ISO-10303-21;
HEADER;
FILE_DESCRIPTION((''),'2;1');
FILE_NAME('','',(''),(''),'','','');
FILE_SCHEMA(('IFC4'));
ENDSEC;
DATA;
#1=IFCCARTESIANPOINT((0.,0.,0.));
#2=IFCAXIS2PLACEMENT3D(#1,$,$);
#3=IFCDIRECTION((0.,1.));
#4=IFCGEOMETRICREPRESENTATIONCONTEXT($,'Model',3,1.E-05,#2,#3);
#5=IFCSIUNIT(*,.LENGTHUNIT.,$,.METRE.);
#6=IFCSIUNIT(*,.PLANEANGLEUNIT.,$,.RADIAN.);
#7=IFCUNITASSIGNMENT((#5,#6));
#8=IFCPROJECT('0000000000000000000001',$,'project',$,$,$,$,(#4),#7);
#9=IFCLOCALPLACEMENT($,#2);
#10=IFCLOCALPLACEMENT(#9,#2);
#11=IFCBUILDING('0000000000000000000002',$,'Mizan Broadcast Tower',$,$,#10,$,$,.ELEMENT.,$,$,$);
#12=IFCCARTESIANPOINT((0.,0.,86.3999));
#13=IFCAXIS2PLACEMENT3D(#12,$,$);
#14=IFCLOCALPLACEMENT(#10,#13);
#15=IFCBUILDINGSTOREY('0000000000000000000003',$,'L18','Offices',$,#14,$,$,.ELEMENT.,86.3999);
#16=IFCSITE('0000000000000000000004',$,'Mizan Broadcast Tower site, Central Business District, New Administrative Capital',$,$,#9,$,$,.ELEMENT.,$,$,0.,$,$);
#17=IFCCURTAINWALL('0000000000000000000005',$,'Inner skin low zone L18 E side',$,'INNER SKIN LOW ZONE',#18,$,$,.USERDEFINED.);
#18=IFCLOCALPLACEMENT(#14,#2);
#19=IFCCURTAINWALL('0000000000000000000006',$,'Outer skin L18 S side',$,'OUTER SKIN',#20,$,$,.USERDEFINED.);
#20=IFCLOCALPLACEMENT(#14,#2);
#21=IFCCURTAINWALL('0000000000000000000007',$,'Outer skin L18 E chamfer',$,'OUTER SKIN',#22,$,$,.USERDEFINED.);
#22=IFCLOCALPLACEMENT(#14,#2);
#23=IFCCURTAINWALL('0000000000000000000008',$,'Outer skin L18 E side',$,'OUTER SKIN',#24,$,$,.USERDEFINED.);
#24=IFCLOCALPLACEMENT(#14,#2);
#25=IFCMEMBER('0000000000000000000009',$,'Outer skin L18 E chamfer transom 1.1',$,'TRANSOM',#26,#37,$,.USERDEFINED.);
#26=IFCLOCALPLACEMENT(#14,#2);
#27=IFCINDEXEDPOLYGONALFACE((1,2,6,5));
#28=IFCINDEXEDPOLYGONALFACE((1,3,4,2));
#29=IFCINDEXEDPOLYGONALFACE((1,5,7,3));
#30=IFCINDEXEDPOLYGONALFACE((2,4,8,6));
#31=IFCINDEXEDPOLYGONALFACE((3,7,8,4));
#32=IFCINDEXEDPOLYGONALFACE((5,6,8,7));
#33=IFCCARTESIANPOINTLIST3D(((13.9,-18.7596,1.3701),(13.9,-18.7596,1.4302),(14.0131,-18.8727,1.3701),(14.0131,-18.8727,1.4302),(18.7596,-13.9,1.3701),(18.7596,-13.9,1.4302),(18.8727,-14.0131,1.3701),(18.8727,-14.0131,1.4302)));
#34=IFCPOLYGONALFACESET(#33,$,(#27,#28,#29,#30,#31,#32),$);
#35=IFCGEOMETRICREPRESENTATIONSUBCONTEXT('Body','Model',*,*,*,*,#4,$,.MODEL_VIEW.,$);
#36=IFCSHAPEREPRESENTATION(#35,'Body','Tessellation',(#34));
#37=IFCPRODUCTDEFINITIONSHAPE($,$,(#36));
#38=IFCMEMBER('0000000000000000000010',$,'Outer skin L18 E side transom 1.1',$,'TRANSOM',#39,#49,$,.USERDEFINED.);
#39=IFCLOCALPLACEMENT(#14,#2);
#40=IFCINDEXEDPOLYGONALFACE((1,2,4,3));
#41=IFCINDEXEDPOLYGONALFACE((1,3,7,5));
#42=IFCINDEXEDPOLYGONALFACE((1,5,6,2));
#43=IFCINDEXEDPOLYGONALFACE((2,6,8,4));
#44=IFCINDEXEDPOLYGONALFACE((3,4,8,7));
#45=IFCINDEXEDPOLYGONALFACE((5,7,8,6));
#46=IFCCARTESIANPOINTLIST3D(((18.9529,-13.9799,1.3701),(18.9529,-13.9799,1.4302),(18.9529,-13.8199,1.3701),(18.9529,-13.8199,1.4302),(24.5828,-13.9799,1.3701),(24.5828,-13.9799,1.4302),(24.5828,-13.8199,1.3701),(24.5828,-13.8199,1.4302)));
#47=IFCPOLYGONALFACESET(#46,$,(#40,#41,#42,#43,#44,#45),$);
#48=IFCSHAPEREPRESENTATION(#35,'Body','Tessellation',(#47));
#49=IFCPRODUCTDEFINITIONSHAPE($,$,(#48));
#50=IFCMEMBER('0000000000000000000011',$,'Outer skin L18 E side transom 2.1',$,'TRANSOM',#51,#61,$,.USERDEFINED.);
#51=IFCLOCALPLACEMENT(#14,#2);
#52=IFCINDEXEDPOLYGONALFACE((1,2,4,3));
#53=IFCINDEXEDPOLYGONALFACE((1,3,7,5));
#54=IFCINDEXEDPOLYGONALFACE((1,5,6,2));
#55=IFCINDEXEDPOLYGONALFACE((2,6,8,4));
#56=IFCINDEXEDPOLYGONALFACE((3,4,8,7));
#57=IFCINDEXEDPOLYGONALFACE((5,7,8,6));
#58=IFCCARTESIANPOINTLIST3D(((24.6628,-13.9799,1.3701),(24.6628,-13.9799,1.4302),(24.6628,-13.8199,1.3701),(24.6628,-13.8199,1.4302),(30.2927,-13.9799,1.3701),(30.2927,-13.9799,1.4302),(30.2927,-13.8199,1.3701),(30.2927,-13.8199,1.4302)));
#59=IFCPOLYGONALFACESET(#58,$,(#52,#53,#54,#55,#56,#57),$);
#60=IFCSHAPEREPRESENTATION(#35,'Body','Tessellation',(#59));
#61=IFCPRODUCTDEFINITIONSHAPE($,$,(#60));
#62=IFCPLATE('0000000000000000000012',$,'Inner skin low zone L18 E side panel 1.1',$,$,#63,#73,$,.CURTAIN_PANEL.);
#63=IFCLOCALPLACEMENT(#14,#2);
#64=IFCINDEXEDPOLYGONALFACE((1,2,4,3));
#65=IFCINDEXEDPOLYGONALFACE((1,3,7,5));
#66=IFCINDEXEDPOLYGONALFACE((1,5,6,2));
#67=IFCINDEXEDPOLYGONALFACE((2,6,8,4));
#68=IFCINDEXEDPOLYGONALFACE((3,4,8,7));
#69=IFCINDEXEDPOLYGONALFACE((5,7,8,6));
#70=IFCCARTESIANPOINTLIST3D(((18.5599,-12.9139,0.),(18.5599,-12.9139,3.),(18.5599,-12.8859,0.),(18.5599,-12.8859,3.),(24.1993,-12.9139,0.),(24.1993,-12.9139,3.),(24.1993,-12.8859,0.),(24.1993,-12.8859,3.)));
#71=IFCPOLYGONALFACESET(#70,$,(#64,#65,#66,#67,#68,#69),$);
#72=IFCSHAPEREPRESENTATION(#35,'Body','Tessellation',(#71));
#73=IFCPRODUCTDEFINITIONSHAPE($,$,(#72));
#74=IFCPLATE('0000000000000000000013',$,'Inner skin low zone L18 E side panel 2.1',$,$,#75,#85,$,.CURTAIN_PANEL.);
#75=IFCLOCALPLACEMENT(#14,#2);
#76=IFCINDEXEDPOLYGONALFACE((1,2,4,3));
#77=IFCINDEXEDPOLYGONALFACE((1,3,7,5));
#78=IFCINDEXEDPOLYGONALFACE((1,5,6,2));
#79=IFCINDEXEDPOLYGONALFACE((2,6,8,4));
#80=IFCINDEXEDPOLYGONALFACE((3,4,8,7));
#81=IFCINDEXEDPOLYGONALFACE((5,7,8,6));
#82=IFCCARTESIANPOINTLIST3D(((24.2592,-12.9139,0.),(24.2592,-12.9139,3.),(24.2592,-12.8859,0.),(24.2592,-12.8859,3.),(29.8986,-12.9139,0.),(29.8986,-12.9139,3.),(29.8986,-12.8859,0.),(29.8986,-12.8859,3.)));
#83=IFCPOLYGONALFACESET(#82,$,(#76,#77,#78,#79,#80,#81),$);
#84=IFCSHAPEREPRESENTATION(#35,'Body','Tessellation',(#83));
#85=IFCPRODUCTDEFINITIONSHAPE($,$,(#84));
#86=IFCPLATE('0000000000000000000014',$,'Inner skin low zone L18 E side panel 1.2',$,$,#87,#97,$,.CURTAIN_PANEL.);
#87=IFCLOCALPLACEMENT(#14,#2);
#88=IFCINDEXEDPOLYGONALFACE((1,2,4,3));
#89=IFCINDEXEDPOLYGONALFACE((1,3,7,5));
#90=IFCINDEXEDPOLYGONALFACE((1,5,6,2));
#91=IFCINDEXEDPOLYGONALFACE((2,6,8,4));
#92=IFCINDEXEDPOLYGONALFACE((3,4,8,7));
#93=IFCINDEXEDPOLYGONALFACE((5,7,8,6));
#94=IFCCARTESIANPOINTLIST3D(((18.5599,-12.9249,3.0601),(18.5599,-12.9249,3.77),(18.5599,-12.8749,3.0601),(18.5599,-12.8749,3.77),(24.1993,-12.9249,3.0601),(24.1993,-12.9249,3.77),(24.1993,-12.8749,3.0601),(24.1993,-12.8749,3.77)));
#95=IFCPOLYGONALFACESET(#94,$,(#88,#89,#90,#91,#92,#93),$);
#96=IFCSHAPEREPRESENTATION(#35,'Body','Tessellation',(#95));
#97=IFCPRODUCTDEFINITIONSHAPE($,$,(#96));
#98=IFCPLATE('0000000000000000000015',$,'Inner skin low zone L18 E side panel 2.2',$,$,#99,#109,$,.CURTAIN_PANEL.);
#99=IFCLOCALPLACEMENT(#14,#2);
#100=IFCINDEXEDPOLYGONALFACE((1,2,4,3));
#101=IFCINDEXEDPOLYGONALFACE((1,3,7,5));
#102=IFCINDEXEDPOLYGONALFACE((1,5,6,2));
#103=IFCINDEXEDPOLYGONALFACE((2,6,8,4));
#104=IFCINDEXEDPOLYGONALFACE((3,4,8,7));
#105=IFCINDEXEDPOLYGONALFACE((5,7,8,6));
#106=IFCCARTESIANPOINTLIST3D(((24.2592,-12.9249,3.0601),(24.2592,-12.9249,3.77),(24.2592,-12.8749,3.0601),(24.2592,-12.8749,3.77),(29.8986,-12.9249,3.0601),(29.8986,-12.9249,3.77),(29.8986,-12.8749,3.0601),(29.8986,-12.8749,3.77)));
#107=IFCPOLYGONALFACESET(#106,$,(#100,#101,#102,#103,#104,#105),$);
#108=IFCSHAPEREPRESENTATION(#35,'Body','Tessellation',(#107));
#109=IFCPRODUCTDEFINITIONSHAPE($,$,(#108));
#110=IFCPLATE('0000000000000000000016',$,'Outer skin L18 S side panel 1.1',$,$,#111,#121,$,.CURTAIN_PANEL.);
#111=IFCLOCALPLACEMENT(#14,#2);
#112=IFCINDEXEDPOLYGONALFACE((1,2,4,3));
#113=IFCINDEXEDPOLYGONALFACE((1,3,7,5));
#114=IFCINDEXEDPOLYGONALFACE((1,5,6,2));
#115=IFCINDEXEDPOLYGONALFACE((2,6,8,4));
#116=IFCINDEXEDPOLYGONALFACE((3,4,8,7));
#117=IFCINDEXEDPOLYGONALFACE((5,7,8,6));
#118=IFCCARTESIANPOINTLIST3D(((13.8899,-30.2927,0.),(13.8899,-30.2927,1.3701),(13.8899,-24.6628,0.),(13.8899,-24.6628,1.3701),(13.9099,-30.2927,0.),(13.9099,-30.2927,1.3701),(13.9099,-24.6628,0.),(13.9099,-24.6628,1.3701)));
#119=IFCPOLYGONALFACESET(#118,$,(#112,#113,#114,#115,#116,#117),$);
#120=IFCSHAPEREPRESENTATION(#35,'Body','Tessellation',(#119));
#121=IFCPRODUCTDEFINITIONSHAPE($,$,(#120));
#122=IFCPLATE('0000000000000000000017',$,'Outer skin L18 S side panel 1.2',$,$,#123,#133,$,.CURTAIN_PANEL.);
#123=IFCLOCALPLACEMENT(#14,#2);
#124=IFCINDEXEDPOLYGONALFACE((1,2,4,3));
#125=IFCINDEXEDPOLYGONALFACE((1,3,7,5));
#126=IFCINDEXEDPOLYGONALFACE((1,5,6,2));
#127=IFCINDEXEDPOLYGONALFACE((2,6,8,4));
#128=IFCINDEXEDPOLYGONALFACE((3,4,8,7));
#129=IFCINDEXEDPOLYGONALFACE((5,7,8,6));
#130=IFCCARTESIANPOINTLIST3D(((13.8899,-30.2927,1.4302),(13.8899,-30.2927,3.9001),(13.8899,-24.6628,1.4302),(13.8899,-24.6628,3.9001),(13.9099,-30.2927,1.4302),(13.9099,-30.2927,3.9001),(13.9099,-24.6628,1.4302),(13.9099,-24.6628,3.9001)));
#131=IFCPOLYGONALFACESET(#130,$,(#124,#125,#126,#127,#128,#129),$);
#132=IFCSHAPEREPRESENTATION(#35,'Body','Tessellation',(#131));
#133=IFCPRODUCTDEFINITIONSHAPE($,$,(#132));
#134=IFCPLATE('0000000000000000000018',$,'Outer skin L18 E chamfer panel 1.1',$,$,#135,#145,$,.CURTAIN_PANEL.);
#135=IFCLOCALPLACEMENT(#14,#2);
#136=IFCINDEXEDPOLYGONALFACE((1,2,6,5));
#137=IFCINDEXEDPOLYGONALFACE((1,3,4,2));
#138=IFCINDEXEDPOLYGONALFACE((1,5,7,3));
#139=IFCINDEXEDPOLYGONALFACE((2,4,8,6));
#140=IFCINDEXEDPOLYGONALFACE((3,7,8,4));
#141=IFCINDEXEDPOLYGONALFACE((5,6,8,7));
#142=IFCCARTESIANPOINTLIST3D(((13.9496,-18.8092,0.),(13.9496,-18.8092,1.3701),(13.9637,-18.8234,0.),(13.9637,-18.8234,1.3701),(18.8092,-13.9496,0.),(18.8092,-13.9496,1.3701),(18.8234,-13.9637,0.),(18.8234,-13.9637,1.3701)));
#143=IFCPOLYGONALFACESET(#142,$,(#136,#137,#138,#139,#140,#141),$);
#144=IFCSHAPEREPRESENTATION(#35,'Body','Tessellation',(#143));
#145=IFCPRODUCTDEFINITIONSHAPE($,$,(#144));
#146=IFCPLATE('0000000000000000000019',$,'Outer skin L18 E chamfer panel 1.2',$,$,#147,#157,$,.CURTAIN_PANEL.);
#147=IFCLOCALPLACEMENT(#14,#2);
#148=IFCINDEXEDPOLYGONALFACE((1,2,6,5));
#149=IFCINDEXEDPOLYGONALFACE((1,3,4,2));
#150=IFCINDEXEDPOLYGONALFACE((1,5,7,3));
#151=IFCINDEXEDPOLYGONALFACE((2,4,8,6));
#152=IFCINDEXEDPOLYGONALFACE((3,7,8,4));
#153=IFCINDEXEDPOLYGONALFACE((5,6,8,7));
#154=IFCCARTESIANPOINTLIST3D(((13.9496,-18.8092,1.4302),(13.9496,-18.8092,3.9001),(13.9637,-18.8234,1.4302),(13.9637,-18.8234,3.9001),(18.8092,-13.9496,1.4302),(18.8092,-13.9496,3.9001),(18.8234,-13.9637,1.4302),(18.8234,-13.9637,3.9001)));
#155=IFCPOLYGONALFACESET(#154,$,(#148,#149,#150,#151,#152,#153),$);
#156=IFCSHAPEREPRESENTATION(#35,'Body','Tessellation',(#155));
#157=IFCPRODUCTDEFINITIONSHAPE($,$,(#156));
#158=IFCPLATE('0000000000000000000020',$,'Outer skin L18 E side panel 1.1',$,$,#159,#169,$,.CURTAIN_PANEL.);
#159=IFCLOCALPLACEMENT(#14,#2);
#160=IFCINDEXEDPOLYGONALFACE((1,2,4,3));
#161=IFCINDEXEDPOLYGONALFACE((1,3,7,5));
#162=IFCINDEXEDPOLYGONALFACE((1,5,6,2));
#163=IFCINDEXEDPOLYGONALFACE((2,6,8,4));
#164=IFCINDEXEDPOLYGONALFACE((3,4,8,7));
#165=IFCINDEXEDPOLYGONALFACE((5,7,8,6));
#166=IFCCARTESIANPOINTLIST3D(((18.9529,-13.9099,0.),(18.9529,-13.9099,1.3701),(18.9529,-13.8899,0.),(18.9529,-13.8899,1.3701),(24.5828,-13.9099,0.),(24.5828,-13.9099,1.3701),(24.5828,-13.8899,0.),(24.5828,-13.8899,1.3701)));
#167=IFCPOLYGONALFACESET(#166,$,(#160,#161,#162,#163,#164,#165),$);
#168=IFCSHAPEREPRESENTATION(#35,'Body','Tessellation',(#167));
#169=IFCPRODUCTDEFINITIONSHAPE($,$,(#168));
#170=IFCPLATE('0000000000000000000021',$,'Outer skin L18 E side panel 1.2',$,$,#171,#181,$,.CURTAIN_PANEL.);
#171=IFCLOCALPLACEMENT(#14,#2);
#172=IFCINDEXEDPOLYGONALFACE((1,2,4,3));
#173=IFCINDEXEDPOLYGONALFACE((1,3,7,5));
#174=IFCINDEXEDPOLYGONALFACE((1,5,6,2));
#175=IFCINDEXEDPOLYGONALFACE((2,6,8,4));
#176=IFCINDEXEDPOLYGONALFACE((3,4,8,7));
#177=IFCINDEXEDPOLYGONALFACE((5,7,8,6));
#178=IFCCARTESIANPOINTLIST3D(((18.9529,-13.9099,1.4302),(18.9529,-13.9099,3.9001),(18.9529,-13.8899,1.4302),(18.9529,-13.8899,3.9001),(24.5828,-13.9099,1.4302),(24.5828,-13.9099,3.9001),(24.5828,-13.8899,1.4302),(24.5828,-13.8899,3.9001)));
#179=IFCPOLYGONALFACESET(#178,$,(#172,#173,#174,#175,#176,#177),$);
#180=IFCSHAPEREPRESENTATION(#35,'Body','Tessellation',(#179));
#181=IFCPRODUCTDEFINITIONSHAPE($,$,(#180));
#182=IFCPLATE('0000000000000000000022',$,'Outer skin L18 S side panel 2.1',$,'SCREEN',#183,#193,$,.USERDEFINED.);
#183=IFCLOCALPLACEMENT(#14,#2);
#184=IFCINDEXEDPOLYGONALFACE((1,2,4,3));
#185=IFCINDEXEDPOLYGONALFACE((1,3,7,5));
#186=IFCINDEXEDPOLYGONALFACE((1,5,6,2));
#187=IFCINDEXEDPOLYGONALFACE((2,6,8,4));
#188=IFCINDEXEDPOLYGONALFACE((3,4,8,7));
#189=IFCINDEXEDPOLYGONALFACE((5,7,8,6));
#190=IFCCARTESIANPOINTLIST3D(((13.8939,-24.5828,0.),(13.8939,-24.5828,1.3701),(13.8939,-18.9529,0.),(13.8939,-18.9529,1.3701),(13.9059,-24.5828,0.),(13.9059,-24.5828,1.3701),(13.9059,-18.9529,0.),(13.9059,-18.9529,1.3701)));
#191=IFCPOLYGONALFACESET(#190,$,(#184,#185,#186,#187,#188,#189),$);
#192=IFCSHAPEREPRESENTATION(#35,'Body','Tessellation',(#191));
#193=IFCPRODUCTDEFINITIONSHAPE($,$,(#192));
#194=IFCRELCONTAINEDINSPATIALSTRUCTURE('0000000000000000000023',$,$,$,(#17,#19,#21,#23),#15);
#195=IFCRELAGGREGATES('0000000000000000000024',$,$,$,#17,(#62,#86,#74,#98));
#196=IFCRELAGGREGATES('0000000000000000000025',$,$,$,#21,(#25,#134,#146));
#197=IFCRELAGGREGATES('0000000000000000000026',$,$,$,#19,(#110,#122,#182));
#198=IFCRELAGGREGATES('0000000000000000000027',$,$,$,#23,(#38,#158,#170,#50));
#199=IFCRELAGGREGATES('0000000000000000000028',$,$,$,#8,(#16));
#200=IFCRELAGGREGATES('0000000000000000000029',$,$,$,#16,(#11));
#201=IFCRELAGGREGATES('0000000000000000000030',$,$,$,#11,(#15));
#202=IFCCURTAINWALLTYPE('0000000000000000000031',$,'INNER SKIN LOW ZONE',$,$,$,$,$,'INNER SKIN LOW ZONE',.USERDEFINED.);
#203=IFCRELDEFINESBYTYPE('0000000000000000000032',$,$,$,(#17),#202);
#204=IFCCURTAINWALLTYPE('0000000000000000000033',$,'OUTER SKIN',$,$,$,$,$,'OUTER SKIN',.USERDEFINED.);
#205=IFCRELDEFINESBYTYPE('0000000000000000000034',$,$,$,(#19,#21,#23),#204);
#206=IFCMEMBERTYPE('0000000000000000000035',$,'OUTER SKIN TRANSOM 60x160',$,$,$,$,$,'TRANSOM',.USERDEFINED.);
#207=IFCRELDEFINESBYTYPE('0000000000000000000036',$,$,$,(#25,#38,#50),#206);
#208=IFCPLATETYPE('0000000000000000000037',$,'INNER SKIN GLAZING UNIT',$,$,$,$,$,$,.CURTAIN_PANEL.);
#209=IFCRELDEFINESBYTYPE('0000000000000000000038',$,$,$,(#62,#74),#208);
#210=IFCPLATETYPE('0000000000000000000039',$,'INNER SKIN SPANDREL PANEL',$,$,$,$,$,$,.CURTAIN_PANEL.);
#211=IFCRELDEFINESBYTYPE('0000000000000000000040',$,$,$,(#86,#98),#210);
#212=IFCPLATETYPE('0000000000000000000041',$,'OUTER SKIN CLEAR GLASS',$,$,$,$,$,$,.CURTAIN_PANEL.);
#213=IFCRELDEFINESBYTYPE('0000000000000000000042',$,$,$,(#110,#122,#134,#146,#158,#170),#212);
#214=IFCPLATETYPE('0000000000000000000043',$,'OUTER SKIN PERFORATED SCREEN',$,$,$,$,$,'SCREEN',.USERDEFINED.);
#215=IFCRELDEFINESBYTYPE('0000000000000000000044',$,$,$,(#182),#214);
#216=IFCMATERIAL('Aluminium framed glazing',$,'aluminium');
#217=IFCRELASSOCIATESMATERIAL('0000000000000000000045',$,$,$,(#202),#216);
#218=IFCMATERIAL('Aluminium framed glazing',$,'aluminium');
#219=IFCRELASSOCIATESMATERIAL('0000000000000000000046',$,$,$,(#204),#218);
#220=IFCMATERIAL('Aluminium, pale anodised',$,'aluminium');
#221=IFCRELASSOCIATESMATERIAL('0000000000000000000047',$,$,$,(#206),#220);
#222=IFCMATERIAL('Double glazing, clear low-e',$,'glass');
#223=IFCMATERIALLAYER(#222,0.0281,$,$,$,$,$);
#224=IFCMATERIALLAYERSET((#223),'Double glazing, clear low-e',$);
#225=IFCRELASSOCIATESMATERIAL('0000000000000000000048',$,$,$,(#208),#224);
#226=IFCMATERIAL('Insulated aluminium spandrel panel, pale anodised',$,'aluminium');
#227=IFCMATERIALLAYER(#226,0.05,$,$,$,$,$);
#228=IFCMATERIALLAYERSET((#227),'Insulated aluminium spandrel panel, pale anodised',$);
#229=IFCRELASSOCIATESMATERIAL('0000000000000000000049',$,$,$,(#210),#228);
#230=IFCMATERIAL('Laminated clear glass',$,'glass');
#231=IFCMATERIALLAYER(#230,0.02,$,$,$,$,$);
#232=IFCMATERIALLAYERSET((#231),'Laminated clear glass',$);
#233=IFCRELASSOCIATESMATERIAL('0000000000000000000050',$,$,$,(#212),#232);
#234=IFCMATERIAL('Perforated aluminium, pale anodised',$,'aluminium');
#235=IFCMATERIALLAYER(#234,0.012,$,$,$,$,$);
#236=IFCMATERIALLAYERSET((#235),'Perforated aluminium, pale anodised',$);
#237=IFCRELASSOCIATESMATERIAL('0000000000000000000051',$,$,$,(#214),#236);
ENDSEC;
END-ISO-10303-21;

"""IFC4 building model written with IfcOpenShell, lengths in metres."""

from ifc_helpers import new_model, si_unit, direction, frame, origin, origin_2d, place, context, subcontext, project, spatial, rectangle, extrude, material, layer, layer_set, material_profile, profile_set, type_object, element, aggregate, save


model = new_model("IFC4")

# Units and contexts
model_context = context("Model", 3, precision=1e-05, world=origin(), true_north=direction((0.0, 1.0)))
body_context = subcontext(model_context, "Body", "Model", "MODEL_VIEW")
ifc_project = project(units=[si_unit("LENGTHUNIT", "METRE"), si_unit("PLANEANGLEUNIT", "RADIAN")], contexts=[model_context])

# Site, building, storey
site_placement = place(None, origin())
site = spatial("IfcSite", under=ifc_project, at=site_placement, Name="Mizan Broadcast Tower site, Central Business District, New Administrative Capital", CompositionType="ELEMENT", RefElevation=0.0)
building_placement = place(site_placement, origin())
building = spatial("IfcBuilding", under=site, at=building_placement, Name="Mizan Broadcast Tower", CompositionType="ELEMENT")
storey_placement = place(building_placement, frame((0.0, 0.0, 86.3999)))
storey = spatial("IfcBuildingStorey", under=building, at=storey_placement, Name="L18", Description="Offices", CompositionType="ELEMENT", Elevation=86.3999)

# Curtain wall
ifc_material_1 = material(Name="Aluminium framed glazing", Category="aluminium")
curtain_wall_type_1 = type_object("IfcCurtainWallType", Name="INNER SKIN LOW ZONE", ElementType="INNER SKIN LOW ZONE", PredefinedType="USERDEFINED", material=ifc_material_1)
curtain_wall_1_placement = place(storey_placement, origin())
curtain_wall_1 = element("IfcCurtainWall", 1, at=curtain_wall_1_placement, inside=storey, type_object=curtain_wall_type_1, Name="Inner skin low zone L18 E side", ObjectType="INNER SKIN LOW ZONE", PredefinedType="USERDEFINED")

# Shared definitions
ifc_material_2 = material(Name="Aluminium framed glazing", Category="aluminium")
curtain_wall_type_2 = type_object("IfcCurtainWallType", Name="OUTER SKIN", ElementType="OUTER SKIN", PredefinedType="USERDEFINED", material=ifc_material_2)

# Curtain wall
curtain_wall_2_placement = place(storey_placement, origin())
curtain_wall_2 = element("IfcCurtainWall", 2, at=curtain_wall_2_placement, inside=storey, type_object=curtain_wall_type_2, Name="Outer skin L18 S side", ObjectType="OUTER SKIN", PredefinedType="USERDEFINED")

# Curtain wall
curtain_wall_3_placement = place(storey_placement, origin())
curtain_wall_3 = element("IfcCurtainWall", 3, at=curtain_wall_3_placement, inside=storey, type_object=curtain_wall_type_2, Name="Outer skin L18 E chamfer", ObjectType="OUTER SKIN", PredefinedType="USERDEFINED")

# Curtain wall
curtain_wall_4_placement = place(storey_placement, origin())
curtain_wall_4 = element("IfcCurtainWall", 4, at=curtain_wall_4_placement, inside=storey, type_object=curtain_wall_type_2, Name="Outer skin L18 E side", ObjectType="OUTER SKIN", PredefinedType="USERDEFINED")

# Shared definitions
ifc_material_3 = material(Name="Aluminium, pale anodised", Category="aluminium")
ifc_material_profile_1 = material_profile(ifc_material_3, rectangle(XDim=0.1599, YDim=0.0601, at=origin_2d()), Name="TRANSOM 160x60")
ifc_profile_set_1 = profile_set([ifc_material_profile_1], Name="Aluminium, pale anodised")
member_type_1 = type_object("IfcMemberType", Name="OUTER SKIN TRANSOM 60x160", ElementType="TRANSOM", PredefinedType="USERDEFINED", material=ifc_profile_set_1)

# Members
member_1_placement = place(storey_placement, frame((13.9565, -18.8162, 1.4001), z_axis=(0.707107, 0.707107, 0.0), x_axis=(-0.707107, 0.707107, 0.0)))
member_1 = element("IfcMember", 5, at=member_1_placement, type_object=member_type_1, Name="Outer skin L18 E chamfer transom 1.1", ObjectType="TRANSOM", PredefinedType="USERDEFINED", context=body_context, shape_type="SweptSolid", body=[
    extrude(rectangle(XDim=0.1599, YDim=0.0601, at=origin_2d()), origin(), (0.0, 0.0, 1.0), 6.8726),
])
member_2_placement = place(storey_placement, frame((18.9529, -13.8999, 1.4001), z_axis=(1.0, 0.0, 0.0), x_axis=(0.0, 1.0, 0.0)))
member_2 = element("IfcMember", 6, at=member_2_placement, type_object=member_type_1, Name="Outer skin L18 E side transom 1.1", ObjectType="TRANSOM", PredefinedType="USERDEFINED", context=body_context, shape_type="SweptSolid", body=[
    extrude(rectangle(XDim=0.1599, YDim=0.0601, at=origin_2d()), origin(), (0.0, 0.0, 1.0), 5.6299),
])
member_3_placement = place(storey_placement, frame((24.6628, -13.8999, 1.4001), z_axis=(1.0, 0.0, 0.0), x_axis=(0.0, 1.0, 0.0)))
member_3 = element("IfcMember", 7, at=member_3_placement, type_object=member_type_1, Name="Outer skin L18 E side transom 2.1", ObjectType="TRANSOM", PredefinedType="USERDEFINED", context=body_context, shape_type="SweptSolid", body=[
    extrude(rectangle(XDim=0.1599, YDim=0.0601, at=origin_2d()), origin(), (0.0, 0.0, 1.0), 5.6299),
])

# Plates
ifc_material_4 = material(Name="Double glazing, clear low-e", Category="glass")
ifc_layer_1 = layer(ifc_material_4, 0.0281)
ifc_layer_set_1 = layer_set([ifc_layer_1], Name="Double glazing, clear low-e")
plate_type_1 = type_object("IfcPlateType", Name="INNER SKIN GLAZING UNIT", PredefinedType="CURTAIN_PANEL", material=ifc_layer_set_1)
plate_1_placement = place(storey_placement, frame((21.3796, -12.8999, 0.0), z_axis=(0.0, 0.0, 1.0), x_axis=(1.0, 0.0, 0.0)))
plate_1 = element("IfcPlate", 8, at=plate_1_placement, type_object=plate_type_1, Name="Inner skin low zone L18 E side panel 1.1", PredefinedType="CURTAIN_PANEL", context=body_context, shape_type="SweptSolid", body=[
    extrude(rectangle(XDim=5.6394, YDim=0.0281, at=origin_2d()), origin(), (0.0, 0.0, 1.0), 3.0),
])
plate_2_placement = place(storey_placement, frame((27.0789, -12.8999, 0.0), z_axis=(0.0, 0.0, 1.0), x_axis=(1.0, 0.0, 0.0)))
plate_2 = element("IfcPlate", 9, at=plate_2_placement, type_object=plate_type_1, Name="Inner skin low zone L18 E side panel 2.1", PredefinedType="CURTAIN_PANEL", context=body_context, shape_type="SweptSolid", body=[
    extrude(rectangle(XDim=5.6394, YDim=0.0281, at=origin_2d()), origin(), (0.0, 0.0, 1.0), 3.0),
])
ifc_material_5 = material(Name="Insulated aluminium spandrel panel, pale anodised", Category="aluminium")
ifc_layer_2 = layer(ifc_material_5, 0.05)
ifc_layer_set_2 = layer_set([ifc_layer_2], Name="Insulated aluminium spandrel panel, pale anodised")
plate_type_2 = type_object("IfcPlateType", Name="INNER SKIN SPANDREL PANEL", PredefinedType="CURTAIN_PANEL", material=ifc_layer_set_2)
plate_3_placement = place(storey_placement, frame((21.3796, -12.8999, 3.0601), z_axis=(0.0, 0.0, 1.0), x_axis=(1.0, 0.0, 0.0)))
plate_3 = element("IfcPlate", 10, at=plate_3_placement, type_object=plate_type_2, Name="Inner skin low zone L18 E side panel 1.2", PredefinedType="CURTAIN_PANEL", context=body_context, shape_type="SweptSolid", body=[
    extrude(rectangle(XDim=5.6394, YDim=0.05, at=origin_2d()), origin(), (0.0, 0.0, 1.0), 0.71),
])
plate_4_placement = place(storey_placement, frame((27.0789, -12.8999, 3.0601), z_axis=(0.0, 0.0, 1.0), x_axis=(1.0, 0.0, 0.0)))
plate_4 = element("IfcPlate", 11, at=plate_4_placement, type_object=plate_type_2, Name="Inner skin low zone L18 E side panel 2.2", PredefinedType="CURTAIN_PANEL", context=body_context, shape_type="SweptSolid", body=[
    extrude(rectangle(XDim=5.6394, YDim=0.05, at=origin_2d()), origin(), (0.0, 0.0, 1.0), 0.71),
])
aggregate(curtain_wall_1, [plate_1, plate_3, plate_2, plate_4])
ifc_material_6 = material(Name="Laminated clear glass", Category="glass")
ifc_layer_3 = layer(ifc_material_6, 0.02)
ifc_layer_set_3 = layer_set([ifc_layer_3], Name="Laminated clear glass")
plate_type_3 = type_object("IfcPlateType", Name="OUTER SKIN CLEAR GLASS", PredefinedType="CURTAIN_PANEL", material=ifc_layer_set_3)
plate_5_placement = place(storey_placement, frame((13.8999, -27.4778, 0.0), z_axis=(0.0, 0.0, 1.0), x_axis=(0.0, 1.0, 0.0)))
plate_5 = element("IfcPlate", 12, at=plate_5_placement, type_object=plate_type_3, Name="Outer skin L18 S side panel 1.1", PredefinedType="CURTAIN_PANEL", context=body_context, shape_type="SweptSolid", body=[
    extrude(rectangle(XDim=5.6299, YDim=0.02, at=origin_2d()), origin(), (0.0, 0.0, 1.0), 1.3701),
])
plate_6_placement = place(storey_placement, frame((13.8999, -27.4778, 1.4302), z_axis=(0.0, 0.0, 1.0), x_axis=(0.0, 1.0, 0.0)))
plate_6 = element("IfcPlate", 13, at=plate_6_placement, type_object=plate_type_3, Name="Outer skin L18 S side panel 1.2", PredefinedType="CURTAIN_PANEL", context=body_context, shape_type="SweptSolid", body=[
    extrude(rectangle(XDim=5.6299, YDim=0.02, at=origin_2d()), origin(), (0.0, 0.0, 1.0), 2.47),
])
plate_7_placement = place(storey_placement, frame((16.3865, -16.3865, 0.0), z_axis=(0.0, 0.0, 1.0), x_axis=(0.707107, 0.707107, 0.0)))
plate_7 = element("IfcPlate", 14, at=plate_7_placement, type_object=plate_type_3, Name="Outer skin L18 E chamfer panel 1.1", PredefinedType="CURTAIN_PANEL", context=body_context, shape_type="SweptSolid", body=[
    extrude(rectangle(XDim=6.8726, YDim=0.02, at=origin_2d()), origin(), (0.0, 0.0, 1.0), 1.3701),
])
plate_8_placement = place(storey_placement, frame((16.3865, -16.3865, 1.4302), z_axis=(0.0, 0.0, 1.0), x_axis=(0.707107, 0.707107, 0.0)))
plate_8 = element("IfcPlate", 15, at=plate_8_placement, type_object=plate_type_3, Name="Outer skin L18 E chamfer panel 1.2", PredefinedType="CURTAIN_PANEL", context=body_context, shape_type="SweptSolid", body=[
    extrude(rectangle(XDim=6.8726, YDim=0.02, at=origin_2d()), origin(), (0.0, 0.0, 1.0), 2.47),
])
aggregate(curtain_wall_3, [member_1, plate_7, plate_8])
plate_9_placement = place(storey_placement, frame((21.7678, -13.8999, 0.0), z_axis=(0.0, 0.0, 1.0), x_axis=(1.0, 0.0, 0.0)))
plate_9 = element("IfcPlate", 16, at=plate_9_placement, type_object=plate_type_3, Name="Outer skin L18 E side panel 1.1", PredefinedType="CURTAIN_PANEL", context=body_context, shape_type="SweptSolid", body=[
    extrude(rectangle(XDim=5.6299, YDim=0.02, at=origin_2d()), origin(), (0.0, 0.0, 1.0), 1.3701),
])
plate_10_placement = place(storey_placement, frame((21.7678, -13.8999, 1.4302), z_axis=(0.0, 0.0, 1.0), x_axis=(1.0, 0.0, 0.0)))
plate_10 = element("IfcPlate", 17, at=plate_10_placement, type_object=plate_type_3, Name="Outer skin L18 E side panel 1.2", PredefinedType="CURTAIN_PANEL", context=body_context, shape_type="SweptSolid", body=[
    extrude(rectangle(XDim=5.6299, YDim=0.02, at=origin_2d()), origin(), (0.0, 0.0, 1.0), 2.47),
])
ifc_material_7 = material(Name="Perforated aluminium, pale anodised", Category="aluminium")
ifc_layer_4 = layer(ifc_material_7, 0.012)
ifc_layer_set_4 = layer_set([ifc_layer_4], Name="Perforated aluminium, pale anodised")
plate_type_4 = type_object("IfcPlateType", Name="OUTER SKIN PERFORATED SCREEN", ElementType="SCREEN", PredefinedType="USERDEFINED", material=ifc_layer_set_4)
plate_11_placement = place(storey_placement, frame((13.8999, -21.7678, 0.0), z_axis=(0.0, 0.0, 1.0), x_axis=(0.0, 1.0, 0.0)))
plate_11 = element("IfcPlate", 18, at=plate_11_placement, type_object=plate_type_4, Name="Outer skin L18 S side panel 2.1", ObjectType="SCREEN", PredefinedType="USERDEFINED", context=body_context, shape_type="SweptSolid", body=[
    extrude(rectangle(XDim=5.6299, YDim=0.012, at=origin_2d()), origin(), (0.0, 0.0, 1.0), 1.3701),
])
aggregate(curtain_wall_2, [plate_5, plate_6, plate_11])
aggregate(curtain_wall_4, [member_2, plate_9, plate_10, member_3])

save(model, "model.ifc")
